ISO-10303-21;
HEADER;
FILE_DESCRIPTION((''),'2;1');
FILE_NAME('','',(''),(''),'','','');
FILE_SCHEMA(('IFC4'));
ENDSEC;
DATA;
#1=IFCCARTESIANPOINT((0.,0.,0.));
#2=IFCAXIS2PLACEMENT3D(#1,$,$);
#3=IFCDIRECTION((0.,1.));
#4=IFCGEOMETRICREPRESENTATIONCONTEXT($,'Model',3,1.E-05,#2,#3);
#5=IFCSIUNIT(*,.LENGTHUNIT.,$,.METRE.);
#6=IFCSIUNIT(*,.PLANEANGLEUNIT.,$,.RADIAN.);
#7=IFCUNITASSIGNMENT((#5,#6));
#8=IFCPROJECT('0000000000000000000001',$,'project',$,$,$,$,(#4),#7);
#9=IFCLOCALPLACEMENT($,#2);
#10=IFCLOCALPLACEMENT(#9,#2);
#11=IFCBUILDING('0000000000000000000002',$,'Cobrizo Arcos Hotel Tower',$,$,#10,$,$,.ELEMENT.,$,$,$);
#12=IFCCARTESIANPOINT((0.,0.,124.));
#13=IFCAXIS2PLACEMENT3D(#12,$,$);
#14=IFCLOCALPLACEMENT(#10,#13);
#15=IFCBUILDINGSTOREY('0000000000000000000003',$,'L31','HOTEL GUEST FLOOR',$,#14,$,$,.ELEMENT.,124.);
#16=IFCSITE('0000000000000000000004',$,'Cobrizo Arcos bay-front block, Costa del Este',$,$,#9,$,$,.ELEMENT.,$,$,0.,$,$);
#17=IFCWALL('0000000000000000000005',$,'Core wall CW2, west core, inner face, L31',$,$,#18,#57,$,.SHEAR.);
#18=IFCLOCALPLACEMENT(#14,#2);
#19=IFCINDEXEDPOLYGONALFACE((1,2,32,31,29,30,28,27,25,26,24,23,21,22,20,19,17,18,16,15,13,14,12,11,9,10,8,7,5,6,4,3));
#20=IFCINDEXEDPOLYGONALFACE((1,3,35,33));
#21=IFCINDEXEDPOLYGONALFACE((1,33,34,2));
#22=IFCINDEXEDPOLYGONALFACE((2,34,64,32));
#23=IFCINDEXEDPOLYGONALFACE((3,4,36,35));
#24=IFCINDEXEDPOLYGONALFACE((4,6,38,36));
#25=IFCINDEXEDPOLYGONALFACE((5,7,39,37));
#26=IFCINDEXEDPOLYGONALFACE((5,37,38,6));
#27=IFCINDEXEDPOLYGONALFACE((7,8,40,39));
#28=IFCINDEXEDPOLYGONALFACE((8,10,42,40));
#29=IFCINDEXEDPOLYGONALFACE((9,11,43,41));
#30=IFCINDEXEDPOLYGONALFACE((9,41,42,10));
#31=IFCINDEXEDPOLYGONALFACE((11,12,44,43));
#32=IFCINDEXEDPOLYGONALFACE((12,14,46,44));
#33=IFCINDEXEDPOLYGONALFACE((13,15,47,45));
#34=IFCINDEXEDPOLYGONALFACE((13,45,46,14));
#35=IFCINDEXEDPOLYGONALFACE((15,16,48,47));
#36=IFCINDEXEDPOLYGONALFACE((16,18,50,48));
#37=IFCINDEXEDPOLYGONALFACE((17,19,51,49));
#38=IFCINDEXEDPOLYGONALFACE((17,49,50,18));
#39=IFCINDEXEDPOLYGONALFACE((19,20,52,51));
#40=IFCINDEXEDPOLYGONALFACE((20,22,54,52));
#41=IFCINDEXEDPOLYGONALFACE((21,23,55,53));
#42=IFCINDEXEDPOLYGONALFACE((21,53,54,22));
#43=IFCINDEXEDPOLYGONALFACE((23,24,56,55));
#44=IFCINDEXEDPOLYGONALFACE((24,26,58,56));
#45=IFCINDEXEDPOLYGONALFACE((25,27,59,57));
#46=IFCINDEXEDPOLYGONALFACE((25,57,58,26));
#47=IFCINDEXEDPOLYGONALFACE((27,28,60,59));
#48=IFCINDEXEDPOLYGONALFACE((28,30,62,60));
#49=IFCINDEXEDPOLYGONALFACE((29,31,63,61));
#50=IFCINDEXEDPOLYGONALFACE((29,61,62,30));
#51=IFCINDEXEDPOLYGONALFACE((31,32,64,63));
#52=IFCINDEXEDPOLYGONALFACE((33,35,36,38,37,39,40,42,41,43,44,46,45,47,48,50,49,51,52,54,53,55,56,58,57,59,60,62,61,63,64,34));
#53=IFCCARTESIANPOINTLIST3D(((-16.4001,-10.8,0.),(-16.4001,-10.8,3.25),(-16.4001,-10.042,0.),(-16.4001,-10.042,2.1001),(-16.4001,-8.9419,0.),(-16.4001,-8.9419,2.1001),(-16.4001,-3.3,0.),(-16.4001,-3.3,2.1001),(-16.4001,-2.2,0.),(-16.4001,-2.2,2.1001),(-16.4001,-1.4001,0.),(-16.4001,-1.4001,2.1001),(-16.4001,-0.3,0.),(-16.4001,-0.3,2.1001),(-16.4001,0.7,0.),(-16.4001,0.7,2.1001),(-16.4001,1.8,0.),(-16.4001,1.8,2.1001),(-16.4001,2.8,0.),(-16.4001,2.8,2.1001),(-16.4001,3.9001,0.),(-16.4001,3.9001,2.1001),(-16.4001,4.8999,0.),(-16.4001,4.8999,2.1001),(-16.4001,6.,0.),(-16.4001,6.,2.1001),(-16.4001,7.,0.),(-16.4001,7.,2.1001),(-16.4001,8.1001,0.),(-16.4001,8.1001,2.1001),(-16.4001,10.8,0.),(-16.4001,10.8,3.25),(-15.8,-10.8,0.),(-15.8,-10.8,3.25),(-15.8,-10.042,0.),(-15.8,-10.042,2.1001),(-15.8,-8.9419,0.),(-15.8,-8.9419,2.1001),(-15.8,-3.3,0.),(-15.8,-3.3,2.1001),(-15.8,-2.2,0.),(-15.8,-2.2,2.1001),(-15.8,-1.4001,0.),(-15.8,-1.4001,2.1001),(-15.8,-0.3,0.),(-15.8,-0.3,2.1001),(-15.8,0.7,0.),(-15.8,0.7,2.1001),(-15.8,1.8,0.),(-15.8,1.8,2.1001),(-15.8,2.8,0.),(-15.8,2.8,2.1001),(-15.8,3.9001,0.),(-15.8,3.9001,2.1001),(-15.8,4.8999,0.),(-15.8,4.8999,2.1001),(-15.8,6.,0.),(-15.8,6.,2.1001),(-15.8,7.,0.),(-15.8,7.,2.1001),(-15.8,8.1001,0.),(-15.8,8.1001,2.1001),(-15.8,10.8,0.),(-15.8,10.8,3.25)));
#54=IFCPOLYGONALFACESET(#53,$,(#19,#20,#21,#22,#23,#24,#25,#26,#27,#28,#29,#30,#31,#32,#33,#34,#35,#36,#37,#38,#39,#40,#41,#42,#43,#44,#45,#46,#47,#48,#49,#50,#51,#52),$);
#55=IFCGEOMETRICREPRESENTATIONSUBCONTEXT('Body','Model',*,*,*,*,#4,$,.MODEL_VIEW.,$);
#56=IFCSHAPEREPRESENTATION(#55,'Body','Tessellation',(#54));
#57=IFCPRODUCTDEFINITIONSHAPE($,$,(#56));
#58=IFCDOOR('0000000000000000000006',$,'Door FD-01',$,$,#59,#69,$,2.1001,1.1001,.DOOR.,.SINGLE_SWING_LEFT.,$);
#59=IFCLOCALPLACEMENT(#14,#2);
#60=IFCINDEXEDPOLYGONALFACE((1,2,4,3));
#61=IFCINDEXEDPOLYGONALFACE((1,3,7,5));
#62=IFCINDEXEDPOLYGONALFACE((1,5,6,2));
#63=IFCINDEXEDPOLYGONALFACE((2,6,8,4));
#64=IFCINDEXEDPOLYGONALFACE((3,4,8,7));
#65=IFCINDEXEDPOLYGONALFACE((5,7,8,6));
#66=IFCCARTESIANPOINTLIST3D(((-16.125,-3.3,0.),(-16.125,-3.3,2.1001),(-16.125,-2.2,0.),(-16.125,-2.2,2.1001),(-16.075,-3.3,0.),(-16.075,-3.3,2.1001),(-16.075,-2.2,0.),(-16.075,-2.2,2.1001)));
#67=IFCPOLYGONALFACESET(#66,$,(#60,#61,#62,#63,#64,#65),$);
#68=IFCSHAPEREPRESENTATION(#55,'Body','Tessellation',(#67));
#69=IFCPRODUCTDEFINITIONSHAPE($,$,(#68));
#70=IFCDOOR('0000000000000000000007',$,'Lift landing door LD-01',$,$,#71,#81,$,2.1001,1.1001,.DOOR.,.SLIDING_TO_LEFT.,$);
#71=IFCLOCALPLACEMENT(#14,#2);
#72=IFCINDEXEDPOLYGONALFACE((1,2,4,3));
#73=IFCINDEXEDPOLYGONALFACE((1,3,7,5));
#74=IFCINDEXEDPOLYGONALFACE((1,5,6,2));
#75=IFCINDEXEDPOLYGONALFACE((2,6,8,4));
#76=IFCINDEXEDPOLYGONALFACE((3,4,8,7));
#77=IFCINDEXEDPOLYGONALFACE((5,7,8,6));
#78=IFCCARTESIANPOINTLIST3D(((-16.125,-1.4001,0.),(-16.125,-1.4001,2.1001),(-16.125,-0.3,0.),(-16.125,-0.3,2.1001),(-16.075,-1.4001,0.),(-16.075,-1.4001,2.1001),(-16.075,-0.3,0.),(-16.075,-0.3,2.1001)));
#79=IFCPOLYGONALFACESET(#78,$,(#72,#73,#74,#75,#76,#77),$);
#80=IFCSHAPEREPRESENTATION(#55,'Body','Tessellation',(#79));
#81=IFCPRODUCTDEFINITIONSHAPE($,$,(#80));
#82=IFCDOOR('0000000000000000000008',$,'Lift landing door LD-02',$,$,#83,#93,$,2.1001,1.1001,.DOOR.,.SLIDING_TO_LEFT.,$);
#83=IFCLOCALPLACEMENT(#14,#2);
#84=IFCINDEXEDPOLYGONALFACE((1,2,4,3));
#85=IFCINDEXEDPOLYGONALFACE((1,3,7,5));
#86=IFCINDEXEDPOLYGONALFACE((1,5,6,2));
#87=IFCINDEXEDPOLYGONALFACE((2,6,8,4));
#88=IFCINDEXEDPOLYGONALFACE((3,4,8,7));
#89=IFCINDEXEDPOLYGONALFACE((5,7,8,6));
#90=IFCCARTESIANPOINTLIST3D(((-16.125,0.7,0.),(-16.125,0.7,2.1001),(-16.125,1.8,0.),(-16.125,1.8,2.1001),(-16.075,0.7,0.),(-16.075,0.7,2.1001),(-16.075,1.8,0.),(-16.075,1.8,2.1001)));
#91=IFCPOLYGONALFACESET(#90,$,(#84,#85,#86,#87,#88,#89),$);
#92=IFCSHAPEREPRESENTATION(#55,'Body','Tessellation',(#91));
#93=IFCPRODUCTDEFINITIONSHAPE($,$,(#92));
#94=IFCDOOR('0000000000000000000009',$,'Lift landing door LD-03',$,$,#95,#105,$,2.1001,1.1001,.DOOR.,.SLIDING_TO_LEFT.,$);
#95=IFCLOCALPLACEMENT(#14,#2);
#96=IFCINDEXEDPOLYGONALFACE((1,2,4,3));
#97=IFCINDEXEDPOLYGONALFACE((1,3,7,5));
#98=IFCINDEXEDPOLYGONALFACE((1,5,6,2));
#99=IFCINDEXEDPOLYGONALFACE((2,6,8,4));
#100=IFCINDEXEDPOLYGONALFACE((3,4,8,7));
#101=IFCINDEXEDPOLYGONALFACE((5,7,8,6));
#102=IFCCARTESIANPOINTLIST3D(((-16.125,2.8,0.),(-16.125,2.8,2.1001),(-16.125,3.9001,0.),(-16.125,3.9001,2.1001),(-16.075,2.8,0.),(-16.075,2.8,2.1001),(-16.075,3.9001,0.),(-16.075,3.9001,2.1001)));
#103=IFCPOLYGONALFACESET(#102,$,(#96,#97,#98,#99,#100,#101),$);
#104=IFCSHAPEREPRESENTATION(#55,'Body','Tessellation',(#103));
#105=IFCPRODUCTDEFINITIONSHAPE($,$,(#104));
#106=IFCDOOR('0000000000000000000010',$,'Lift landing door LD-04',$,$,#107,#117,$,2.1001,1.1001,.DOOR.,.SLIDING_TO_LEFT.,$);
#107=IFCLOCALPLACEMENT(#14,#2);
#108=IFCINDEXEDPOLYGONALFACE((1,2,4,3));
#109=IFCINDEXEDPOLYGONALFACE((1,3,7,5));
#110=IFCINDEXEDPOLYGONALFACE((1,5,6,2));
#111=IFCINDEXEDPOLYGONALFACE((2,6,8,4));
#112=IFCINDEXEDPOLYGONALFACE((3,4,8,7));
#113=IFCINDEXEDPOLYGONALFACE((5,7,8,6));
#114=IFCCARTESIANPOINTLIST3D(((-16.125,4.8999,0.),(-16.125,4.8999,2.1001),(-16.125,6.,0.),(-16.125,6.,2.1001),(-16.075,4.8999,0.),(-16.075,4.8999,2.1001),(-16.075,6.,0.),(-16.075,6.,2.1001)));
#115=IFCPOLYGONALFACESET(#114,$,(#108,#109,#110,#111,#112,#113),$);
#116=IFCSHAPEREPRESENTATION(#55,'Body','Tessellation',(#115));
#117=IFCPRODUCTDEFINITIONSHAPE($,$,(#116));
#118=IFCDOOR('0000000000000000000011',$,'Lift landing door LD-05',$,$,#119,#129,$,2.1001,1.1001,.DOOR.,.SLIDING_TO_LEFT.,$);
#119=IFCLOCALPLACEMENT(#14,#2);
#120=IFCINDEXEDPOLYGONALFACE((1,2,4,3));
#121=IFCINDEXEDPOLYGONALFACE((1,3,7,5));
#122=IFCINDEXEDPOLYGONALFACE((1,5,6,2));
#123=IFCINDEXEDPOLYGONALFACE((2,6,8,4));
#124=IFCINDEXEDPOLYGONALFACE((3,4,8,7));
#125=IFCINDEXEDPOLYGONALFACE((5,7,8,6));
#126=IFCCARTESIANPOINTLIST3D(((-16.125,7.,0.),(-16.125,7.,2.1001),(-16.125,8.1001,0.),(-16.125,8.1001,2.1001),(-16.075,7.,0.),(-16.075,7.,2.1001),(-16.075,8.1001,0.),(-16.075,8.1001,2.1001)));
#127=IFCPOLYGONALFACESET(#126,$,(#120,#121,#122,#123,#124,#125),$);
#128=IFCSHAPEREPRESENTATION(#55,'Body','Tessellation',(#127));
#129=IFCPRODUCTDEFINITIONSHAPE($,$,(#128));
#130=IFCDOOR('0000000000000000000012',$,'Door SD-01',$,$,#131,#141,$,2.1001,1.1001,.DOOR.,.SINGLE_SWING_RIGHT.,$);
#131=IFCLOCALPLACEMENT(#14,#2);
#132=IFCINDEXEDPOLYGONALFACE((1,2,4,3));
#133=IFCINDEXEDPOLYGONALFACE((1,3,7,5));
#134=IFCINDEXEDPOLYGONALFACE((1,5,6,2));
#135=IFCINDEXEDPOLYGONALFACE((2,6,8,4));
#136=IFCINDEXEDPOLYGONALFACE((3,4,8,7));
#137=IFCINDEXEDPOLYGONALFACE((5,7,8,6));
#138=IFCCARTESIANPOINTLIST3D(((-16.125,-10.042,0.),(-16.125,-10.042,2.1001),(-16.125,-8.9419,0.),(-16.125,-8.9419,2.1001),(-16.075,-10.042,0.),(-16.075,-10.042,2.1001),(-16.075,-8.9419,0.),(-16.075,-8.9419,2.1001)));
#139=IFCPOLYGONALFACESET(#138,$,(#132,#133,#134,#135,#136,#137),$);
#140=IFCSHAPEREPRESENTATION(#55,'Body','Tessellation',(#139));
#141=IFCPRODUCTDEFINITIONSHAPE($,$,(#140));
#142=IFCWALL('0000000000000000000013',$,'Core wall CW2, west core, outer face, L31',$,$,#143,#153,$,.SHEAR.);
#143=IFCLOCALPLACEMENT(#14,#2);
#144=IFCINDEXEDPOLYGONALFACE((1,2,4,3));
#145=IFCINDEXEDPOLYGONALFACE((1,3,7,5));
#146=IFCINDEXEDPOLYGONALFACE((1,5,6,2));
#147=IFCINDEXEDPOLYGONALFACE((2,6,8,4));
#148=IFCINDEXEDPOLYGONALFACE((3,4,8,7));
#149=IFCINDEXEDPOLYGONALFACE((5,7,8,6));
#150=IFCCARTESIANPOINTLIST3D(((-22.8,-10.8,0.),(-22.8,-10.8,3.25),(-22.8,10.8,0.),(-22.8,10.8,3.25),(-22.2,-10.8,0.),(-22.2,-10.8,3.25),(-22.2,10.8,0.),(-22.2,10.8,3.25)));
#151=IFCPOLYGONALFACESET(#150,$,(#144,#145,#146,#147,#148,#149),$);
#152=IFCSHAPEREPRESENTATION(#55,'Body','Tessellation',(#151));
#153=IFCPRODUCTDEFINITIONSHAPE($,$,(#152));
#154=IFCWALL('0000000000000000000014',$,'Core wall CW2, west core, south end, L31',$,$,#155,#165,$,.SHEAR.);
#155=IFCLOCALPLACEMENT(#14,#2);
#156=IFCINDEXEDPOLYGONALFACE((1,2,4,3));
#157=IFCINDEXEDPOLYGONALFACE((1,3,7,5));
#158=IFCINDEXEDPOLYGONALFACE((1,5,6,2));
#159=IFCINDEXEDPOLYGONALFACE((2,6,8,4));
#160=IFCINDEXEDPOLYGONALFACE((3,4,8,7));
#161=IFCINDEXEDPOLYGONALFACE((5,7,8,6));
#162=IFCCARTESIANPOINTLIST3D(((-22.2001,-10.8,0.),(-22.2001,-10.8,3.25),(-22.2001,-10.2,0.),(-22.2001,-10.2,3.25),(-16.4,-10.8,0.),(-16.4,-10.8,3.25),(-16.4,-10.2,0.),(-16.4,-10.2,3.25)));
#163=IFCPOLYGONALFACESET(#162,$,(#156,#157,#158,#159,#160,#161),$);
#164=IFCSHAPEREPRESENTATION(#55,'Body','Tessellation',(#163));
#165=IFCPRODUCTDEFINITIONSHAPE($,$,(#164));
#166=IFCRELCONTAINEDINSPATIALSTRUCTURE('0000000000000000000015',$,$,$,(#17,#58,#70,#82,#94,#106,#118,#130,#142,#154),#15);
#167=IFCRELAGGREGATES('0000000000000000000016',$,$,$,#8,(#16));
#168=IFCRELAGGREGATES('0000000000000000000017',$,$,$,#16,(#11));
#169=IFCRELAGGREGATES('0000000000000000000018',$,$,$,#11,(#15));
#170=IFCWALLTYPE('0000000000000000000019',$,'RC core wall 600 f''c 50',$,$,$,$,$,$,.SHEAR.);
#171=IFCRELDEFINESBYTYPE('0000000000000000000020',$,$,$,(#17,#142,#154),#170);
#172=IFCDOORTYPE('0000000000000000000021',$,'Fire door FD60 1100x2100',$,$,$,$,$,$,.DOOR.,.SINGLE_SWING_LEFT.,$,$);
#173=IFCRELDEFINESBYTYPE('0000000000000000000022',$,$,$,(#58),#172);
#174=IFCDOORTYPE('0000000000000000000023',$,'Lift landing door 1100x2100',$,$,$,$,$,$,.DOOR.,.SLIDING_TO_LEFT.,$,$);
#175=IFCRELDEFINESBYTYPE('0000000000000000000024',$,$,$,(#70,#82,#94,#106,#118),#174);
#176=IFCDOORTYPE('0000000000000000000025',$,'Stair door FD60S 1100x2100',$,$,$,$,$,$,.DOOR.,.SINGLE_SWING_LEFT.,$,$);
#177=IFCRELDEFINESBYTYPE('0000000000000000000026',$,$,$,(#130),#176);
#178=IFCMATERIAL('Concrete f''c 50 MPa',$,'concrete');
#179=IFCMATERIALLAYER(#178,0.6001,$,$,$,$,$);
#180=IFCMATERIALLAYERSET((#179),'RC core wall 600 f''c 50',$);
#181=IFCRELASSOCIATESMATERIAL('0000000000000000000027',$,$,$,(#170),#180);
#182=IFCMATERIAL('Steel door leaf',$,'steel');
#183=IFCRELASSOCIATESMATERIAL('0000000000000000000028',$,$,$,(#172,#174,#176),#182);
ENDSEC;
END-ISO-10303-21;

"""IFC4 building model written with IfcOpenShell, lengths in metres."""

from ifc_helpers import new_model, si_unit, direction, frame, frame_2d, origin, place, context, subcontext, project, spatial, rectangle, extrude, material, layer, layer_set, type_object, element, fill, save


model = new_model("IFC4")

# Units and contexts
model_context = context("Model", 3, precision=1e-05, world=origin(), true_north=direction((0.0, 1.0)))
body_context = subcontext(model_context, "Body", "Model", "MODEL_VIEW")
ifc_project = project(units=[si_unit("LENGTHUNIT", "METRE"), si_unit("PLANEANGLEUNIT", "RADIAN")], contexts=[model_context])

# Site, building, storey
site_placement = place(None, origin())
site = spatial("IfcSite", under=ifc_project, at=site_placement, Name="Cobrizo Arcos bay-front block, Costa del Este", CompositionType="ELEMENT", RefElevation=0.0)
building_placement = place(site_placement, origin())
building = spatial("IfcBuilding", under=site, at=building_placement, Name="Cobrizo Arcos Hotel Tower", CompositionType="ELEMENT")
storey_placement = place(building_placement, frame((0.0, 0.0, 124.0)))
storey = spatial("IfcBuildingStorey", under=building, at=storey_placement, Name="L31", Description="HOTEL GUEST FLOOR", CompositionType="ELEMENT", Elevation=124.0)

# Wall, openings, doors
ifc_material_1 = material(Name="Concrete f'c 50 MPa", Category="concrete")
ifc_layer_1 = layer(ifc_material_1, 0.6001)
ifc_layer_set_1 = layer_set([ifc_layer_1], Name="RC core wall 600 f'c 50")
wall_type_1 = type_object("IfcWallType", Name="RC core wall 600 f'c 50", PredefinedType="SHEAR", material=ifc_layer_set_1)
wall_1_placement = place(storey_placement, frame((-16.1001, -10.8, 0.0), z_axis=(0.0, 0.0, 1.0), x_axis=(0.0, 1.0, 0.0)))
wall_1 = element("IfcWall", 1, at=wall_1_placement, inside=storey, type_object=wall_type_1, Name="Core wall CW2, west core, inner face, L31", PredefinedType="SHEAR", context=body_context, shape_type="SweptSolid", body=[
    extrude(rectangle(XDim=21.6001, YDim=0.6001, at=frame_2d((10.8, 0.0))), origin(), (0.0, 0.0, 1.0), 3.25),
])
opening_1_placement = place(wall_1_placement, frame((9.3999, 0.0, 0.0)))
opening_1 = element("IfcOpeningElement", 2, at=opening_1_placement, cuts=wall_1, PredefinedType="OPENING", context=body_context, shape_type="SweptSolid", body=[
    extrude(rectangle(XDim=1.1001, YDim=2.1001, at=frame_2d((0.55, 1.05))), frame((0.0, 0.312, 0.0), z_axis=(0.0, -1.0, 0.0), x_axis=(1.0, 0.0, 0.0)), (0.0, 0.0, 1.0), 0.624),
])
opening_2_placement = place(wall_1_placement, frame((11.5, 0.0, 0.0)))
opening_2 = element("IfcOpeningElement", 3, at=opening_2_placement, cuts=wall_1, PredefinedType="OPENING", context=body_context, shape_type="SweptSolid", body=[
    extrude(rectangle(XDim=1.1001, YDim=2.1001, at=frame_2d((0.55, 1.05))), frame((0.0, 0.312, 0.0), z_axis=(0.0, -1.0, 0.0), x_axis=(1.0, 0.0, 0.0)), (0.0, 0.0, 1.0), 0.624),
])
opening_3_placement = place(wall_1_placement, frame((13.6001, 0.0, 0.0)))
opening_3 = element("IfcOpeningElement", 4, at=opening_3_placement, cuts=wall_1, PredefinedType="OPENING", context=body_context, shape_type="SweptSolid", body=[
    extrude(rectangle(XDim=1.1001, YDim=2.1001, at=frame_2d((0.55, 1.05))), frame((0.0, 0.312, 0.0), z_axis=(0.0, -1.0, 0.0), x_axis=(1.0, 0.0, 0.0)), (0.0, 0.0, 1.0), 0.624),
])
opening_4_placement = place(wall_1_placement, frame((15.7, 0.0, 0.0)))
opening_4 = element("IfcOpeningElement", 5, at=opening_4_placement, cuts=wall_1, PredefinedType="OPENING", context=body_context, shape_type="SweptSolid", body=[
    extrude(rectangle(XDim=1.1001, YDim=2.1001, at=frame_2d((0.55, 1.05))), frame((0.0, 0.312, 0.0), z_axis=(0.0, -1.0, 0.0), x_axis=(1.0, 0.0, 0.0)), (0.0, 0.0, 1.0), 0.624),
])
opening_5_placement = place(wall_1_placement, frame((17.8, 0.0, 0.0)))
opening_5 = element("IfcOpeningElement", 6, at=opening_5_placement, cuts=wall_1, PredefinedType="OPENING", context=body_context, shape_type="SweptSolid", body=[
    extrude(rectangle(XDim=1.1001, YDim=2.1001, at=frame_2d((0.55, 1.05))), frame((0.0, 0.312, 0.0), z_axis=(0.0, -1.0, 0.0), x_axis=(1.0, 0.0, 0.0)), (0.0, 0.0, 1.0), 0.624),
])
opening_6_placement = place(wall_1_placement, frame((0.7581, 0.0, 0.0)))
opening_6 = element("IfcOpeningElement", 7, at=opening_6_placement, cuts=wall_1, PredefinedType="OPENING", context=body_context, shape_type="SweptSolid", body=[
    extrude(rectangle(XDim=1.1001, YDim=2.1001, at=frame_2d((0.55, 1.05))), frame((0.0, 0.312, 0.0), z_axis=(0.0, -1.0, 0.0), x_axis=(1.0, 0.0, 0.0)), (0.0, 0.0, 1.0), 0.624),
])
opening_7_placement = place(wall_1_placement, frame((7.5, 0.0, 0.0)))
opening_7 = element("IfcOpeningElement", 8, at=opening_7_placement, cuts=wall_1, PredefinedType="OPENING", context=body_context, shape_type="SweptSolid", body=[
    extrude(rectangle(XDim=1.1001, YDim=2.1001, at=frame_2d((0.55, 1.05))), frame((0.0, 0.312, 0.0), z_axis=(0.0, -1.0, 0.0), x_axis=(1.0, 0.0, 0.0)), (0.0, 0.0, 1.0), 0.624),
])
ifc_material_2 = material(Name="Steel door leaf", Category="steel")
door_type_1 = type_object("IfcDoorType", Name="Fire door FD60 1100x2100", OperationType="SINGLE_SWING_LEFT", PredefinedType="DOOR", material=ifc_material_2)
door_1_placement = place(opening_7_placement, origin())
door_1 = element("IfcDoor", 9, at=door_1_placement, inside=storey, type_object=door_type_1, Name="Door FD-01", OperationType="SINGLE_SWING_LEFT", OverallHeight=2.1001, OverallWidth=1.1001, PredefinedType="DOOR", context=body_context, shape_type="SweptSolid", body=[
    extrude(rectangle(XDim=1.1001, YDim=2.1001, at=frame_2d((0.55, 1.05))), frame((0.0, 0.0249, 0.0), z_axis=(0.0, -1.0, 0.0), x_axis=(1.0, 0.0, 0.0)), (0.0, 0.0, 1.0), 0.05),
])
fill(opening_7, door_1)
door_type_2 = type_object("IfcDoorType", Name="Lift landing door 1100x2100", OperationType="SLIDING_TO_LEFT", PredefinedType="DOOR", material=ifc_material_2)
door_2_placement = place(opening_1_placement, origin())
door_2 = element("IfcDoor", 10, at=door_2_placement, inside=storey, type_object=door_type_2, Name="Lift landing door LD-01", OperationType="SLIDING_TO_LEFT", OverallHeight=2.1001, OverallWidth=1.1001, PredefinedType="DOOR", context=body_context, shape_type="SweptSolid", body=[
    extrude(rectangle(XDim=1.1001, YDim=2.1001, at=frame_2d((0.55, 1.05))), frame((0.0, 0.0249, 0.0), z_axis=(0.0, -1.0, 0.0), x_axis=(1.0, 0.0, 0.0)), (0.0, 0.0, 1.0), 0.05),
])
fill(opening_1, door_2)
door_3_placement = place(opening_2_placement, origin())
door_3 = element("IfcDoor", 11, at=door_3_placement, inside=storey, type_object=door_type_2, Name="Lift landing door LD-02", OperationType="SLIDING_TO_LEFT", OverallHeight=2.1001, OverallWidth=1.1001, PredefinedType="DOOR", context=body_context, shape_type="SweptSolid", body=[
    extrude(rectangle(XDim=1.1001, YDim=2.1001, at=frame_2d((0.55, 1.05))), frame((0.0, 0.0249, 0.0), z_axis=(0.0, -1.0, 0.0), x_axis=(1.0, 0.0, 0.0)), (0.0, 0.0, 1.0), 0.05),
])
fill(opening_2, door_3)
door_4_placement = place(opening_3_placement, origin())
door_4 = element("IfcDoor", 12, at=door_4_placement, inside=storey, type_object=door_type_2, Name="Lift landing door LD-03", OperationType="SLIDING_TO_LEFT", OverallHeight=2.1001, OverallWidth=1.1001, PredefinedType="DOOR", context=body_context, shape_type="SweptSolid", body=[
    extrude(rectangle(XDim=1.1001, YDim=2.1001, at=frame_2d((0.55, 1.05))), frame((0.0, 0.0249, 0.0), z_axis=(0.0, -1.0, 0.0), x_axis=(1.0, 0.0, 0.0)), (0.0, 0.0, 1.0), 0.05),
])
fill(opening_3, door_4)
door_5_placement = place(opening_4_placement, origin())
door_5 = element("IfcDoor", 13, at=door_5_placement, inside=storey, type_object=door_type_2, Name="Lift landing door LD-04", OperationType="SLIDING_TO_LEFT", OverallHeight=2.1001, OverallWidth=1.1001, PredefinedType="DOOR", context=body_context, shape_type="SweptSolid", body=[
    extrude(rectangle(XDim=1.1001, YDim=2.1001, at=frame_2d((0.55, 1.05))), frame((0.0, 0.0249, 0.0), z_axis=(0.0, -1.0, 0.0), x_axis=(1.0, 0.0, 0.0)), (0.0, 0.0, 1.0), 0.05),
])
fill(opening_4, door_5)
door_6_placement = place(opening_5_placement, origin())
door_6 = element("IfcDoor", 14, at=door_6_placement, inside=storey, type_object=door_type_2, Name="Lift landing door LD-05", OperationType="SLIDING_TO_LEFT", OverallHeight=2.1001, OverallWidth=1.1001, PredefinedType="DOOR", context=body_context, shape_type="SweptSolid", body=[
    extrude(rectangle(XDim=1.1001, YDim=2.1001, at=frame_2d((0.55, 1.05))), frame((0.0, 0.0249, 0.0), z_axis=(0.0, -1.0, 0.0), x_axis=(1.0, 0.0, 0.0)), (0.0, 0.0, 1.0), 0.05),
])
fill(opening_5, door_6)
door_type_3 = type_object("IfcDoorType", Name="Stair door FD60S 1100x2100", OperationType="SINGLE_SWING_LEFT", PredefinedType="DOOR", material=ifc_material_2)
door_7_placement = place(opening_6_placement, origin())
door_7 = element("IfcDoor", 15, at=door_7_placement, inside=storey, type_object=door_type_3, Name="Door SD-01", OperationType="SINGLE_SWING_RIGHT", OverallHeight=2.1001, OverallWidth=1.1001, PredefinedType="DOOR", context=body_context, shape_type="SweptSolid", body=[
    extrude(rectangle(XDim=1.1001, YDim=2.1001, at=frame_2d((0.55, 1.05))), frame((0.0, 0.0249, 0.0), z_axis=(0.0, -1.0, 0.0), x_axis=(1.0, 0.0, 0.0)), (0.0, 0.0, 1.0), 0.05),
])
fill(opening_6, door_7)

# Walls
wall_2_placement = place(storey_placement, frame((-22.5, -10.8, 0.0), z_axis=(0.0, 0.0, 1.0), x_axis=(0.0, 1.0, 0.0)))
element("IfcWall", 16, at=wall_2_placement, inside=storey, type_object=wall_type_1, Name="Core wall CW2, west core, outer face, L31", PredefinedType="SHEAR", context=body_context, shape_type="SweptSolid", body=[
    extrude(rectangle(XDim=21.6001, YDim=0.6001, at=frame_2d((10.8, 0.0))), origin(), (0.0, 0.0, 1.0), 3.25),
])
wall_3_placement = place(storey_placement, frame((-22.2, -10.5, 0.0), z_axis=(0.0, 0.0, 1.0), x_axis=(1.0, 0.0, 0.0)))
element("IfcWall", 17, at=wall_3_placement, inside=storey, type_object=wall_type_1, Name="Core wall CW2, west core, south end, L31", PredefinedType="SHEAR", context=body_context, shape_type="SweptSolid", body=[
    extrude(rectangle(XDim=5.8, YDim=0.6001, at=frame_2d((2.8999, 0.0))), origin(), (0.0, 0.0, 1.0), 3.25),
])

save(model, "model.ifc")
